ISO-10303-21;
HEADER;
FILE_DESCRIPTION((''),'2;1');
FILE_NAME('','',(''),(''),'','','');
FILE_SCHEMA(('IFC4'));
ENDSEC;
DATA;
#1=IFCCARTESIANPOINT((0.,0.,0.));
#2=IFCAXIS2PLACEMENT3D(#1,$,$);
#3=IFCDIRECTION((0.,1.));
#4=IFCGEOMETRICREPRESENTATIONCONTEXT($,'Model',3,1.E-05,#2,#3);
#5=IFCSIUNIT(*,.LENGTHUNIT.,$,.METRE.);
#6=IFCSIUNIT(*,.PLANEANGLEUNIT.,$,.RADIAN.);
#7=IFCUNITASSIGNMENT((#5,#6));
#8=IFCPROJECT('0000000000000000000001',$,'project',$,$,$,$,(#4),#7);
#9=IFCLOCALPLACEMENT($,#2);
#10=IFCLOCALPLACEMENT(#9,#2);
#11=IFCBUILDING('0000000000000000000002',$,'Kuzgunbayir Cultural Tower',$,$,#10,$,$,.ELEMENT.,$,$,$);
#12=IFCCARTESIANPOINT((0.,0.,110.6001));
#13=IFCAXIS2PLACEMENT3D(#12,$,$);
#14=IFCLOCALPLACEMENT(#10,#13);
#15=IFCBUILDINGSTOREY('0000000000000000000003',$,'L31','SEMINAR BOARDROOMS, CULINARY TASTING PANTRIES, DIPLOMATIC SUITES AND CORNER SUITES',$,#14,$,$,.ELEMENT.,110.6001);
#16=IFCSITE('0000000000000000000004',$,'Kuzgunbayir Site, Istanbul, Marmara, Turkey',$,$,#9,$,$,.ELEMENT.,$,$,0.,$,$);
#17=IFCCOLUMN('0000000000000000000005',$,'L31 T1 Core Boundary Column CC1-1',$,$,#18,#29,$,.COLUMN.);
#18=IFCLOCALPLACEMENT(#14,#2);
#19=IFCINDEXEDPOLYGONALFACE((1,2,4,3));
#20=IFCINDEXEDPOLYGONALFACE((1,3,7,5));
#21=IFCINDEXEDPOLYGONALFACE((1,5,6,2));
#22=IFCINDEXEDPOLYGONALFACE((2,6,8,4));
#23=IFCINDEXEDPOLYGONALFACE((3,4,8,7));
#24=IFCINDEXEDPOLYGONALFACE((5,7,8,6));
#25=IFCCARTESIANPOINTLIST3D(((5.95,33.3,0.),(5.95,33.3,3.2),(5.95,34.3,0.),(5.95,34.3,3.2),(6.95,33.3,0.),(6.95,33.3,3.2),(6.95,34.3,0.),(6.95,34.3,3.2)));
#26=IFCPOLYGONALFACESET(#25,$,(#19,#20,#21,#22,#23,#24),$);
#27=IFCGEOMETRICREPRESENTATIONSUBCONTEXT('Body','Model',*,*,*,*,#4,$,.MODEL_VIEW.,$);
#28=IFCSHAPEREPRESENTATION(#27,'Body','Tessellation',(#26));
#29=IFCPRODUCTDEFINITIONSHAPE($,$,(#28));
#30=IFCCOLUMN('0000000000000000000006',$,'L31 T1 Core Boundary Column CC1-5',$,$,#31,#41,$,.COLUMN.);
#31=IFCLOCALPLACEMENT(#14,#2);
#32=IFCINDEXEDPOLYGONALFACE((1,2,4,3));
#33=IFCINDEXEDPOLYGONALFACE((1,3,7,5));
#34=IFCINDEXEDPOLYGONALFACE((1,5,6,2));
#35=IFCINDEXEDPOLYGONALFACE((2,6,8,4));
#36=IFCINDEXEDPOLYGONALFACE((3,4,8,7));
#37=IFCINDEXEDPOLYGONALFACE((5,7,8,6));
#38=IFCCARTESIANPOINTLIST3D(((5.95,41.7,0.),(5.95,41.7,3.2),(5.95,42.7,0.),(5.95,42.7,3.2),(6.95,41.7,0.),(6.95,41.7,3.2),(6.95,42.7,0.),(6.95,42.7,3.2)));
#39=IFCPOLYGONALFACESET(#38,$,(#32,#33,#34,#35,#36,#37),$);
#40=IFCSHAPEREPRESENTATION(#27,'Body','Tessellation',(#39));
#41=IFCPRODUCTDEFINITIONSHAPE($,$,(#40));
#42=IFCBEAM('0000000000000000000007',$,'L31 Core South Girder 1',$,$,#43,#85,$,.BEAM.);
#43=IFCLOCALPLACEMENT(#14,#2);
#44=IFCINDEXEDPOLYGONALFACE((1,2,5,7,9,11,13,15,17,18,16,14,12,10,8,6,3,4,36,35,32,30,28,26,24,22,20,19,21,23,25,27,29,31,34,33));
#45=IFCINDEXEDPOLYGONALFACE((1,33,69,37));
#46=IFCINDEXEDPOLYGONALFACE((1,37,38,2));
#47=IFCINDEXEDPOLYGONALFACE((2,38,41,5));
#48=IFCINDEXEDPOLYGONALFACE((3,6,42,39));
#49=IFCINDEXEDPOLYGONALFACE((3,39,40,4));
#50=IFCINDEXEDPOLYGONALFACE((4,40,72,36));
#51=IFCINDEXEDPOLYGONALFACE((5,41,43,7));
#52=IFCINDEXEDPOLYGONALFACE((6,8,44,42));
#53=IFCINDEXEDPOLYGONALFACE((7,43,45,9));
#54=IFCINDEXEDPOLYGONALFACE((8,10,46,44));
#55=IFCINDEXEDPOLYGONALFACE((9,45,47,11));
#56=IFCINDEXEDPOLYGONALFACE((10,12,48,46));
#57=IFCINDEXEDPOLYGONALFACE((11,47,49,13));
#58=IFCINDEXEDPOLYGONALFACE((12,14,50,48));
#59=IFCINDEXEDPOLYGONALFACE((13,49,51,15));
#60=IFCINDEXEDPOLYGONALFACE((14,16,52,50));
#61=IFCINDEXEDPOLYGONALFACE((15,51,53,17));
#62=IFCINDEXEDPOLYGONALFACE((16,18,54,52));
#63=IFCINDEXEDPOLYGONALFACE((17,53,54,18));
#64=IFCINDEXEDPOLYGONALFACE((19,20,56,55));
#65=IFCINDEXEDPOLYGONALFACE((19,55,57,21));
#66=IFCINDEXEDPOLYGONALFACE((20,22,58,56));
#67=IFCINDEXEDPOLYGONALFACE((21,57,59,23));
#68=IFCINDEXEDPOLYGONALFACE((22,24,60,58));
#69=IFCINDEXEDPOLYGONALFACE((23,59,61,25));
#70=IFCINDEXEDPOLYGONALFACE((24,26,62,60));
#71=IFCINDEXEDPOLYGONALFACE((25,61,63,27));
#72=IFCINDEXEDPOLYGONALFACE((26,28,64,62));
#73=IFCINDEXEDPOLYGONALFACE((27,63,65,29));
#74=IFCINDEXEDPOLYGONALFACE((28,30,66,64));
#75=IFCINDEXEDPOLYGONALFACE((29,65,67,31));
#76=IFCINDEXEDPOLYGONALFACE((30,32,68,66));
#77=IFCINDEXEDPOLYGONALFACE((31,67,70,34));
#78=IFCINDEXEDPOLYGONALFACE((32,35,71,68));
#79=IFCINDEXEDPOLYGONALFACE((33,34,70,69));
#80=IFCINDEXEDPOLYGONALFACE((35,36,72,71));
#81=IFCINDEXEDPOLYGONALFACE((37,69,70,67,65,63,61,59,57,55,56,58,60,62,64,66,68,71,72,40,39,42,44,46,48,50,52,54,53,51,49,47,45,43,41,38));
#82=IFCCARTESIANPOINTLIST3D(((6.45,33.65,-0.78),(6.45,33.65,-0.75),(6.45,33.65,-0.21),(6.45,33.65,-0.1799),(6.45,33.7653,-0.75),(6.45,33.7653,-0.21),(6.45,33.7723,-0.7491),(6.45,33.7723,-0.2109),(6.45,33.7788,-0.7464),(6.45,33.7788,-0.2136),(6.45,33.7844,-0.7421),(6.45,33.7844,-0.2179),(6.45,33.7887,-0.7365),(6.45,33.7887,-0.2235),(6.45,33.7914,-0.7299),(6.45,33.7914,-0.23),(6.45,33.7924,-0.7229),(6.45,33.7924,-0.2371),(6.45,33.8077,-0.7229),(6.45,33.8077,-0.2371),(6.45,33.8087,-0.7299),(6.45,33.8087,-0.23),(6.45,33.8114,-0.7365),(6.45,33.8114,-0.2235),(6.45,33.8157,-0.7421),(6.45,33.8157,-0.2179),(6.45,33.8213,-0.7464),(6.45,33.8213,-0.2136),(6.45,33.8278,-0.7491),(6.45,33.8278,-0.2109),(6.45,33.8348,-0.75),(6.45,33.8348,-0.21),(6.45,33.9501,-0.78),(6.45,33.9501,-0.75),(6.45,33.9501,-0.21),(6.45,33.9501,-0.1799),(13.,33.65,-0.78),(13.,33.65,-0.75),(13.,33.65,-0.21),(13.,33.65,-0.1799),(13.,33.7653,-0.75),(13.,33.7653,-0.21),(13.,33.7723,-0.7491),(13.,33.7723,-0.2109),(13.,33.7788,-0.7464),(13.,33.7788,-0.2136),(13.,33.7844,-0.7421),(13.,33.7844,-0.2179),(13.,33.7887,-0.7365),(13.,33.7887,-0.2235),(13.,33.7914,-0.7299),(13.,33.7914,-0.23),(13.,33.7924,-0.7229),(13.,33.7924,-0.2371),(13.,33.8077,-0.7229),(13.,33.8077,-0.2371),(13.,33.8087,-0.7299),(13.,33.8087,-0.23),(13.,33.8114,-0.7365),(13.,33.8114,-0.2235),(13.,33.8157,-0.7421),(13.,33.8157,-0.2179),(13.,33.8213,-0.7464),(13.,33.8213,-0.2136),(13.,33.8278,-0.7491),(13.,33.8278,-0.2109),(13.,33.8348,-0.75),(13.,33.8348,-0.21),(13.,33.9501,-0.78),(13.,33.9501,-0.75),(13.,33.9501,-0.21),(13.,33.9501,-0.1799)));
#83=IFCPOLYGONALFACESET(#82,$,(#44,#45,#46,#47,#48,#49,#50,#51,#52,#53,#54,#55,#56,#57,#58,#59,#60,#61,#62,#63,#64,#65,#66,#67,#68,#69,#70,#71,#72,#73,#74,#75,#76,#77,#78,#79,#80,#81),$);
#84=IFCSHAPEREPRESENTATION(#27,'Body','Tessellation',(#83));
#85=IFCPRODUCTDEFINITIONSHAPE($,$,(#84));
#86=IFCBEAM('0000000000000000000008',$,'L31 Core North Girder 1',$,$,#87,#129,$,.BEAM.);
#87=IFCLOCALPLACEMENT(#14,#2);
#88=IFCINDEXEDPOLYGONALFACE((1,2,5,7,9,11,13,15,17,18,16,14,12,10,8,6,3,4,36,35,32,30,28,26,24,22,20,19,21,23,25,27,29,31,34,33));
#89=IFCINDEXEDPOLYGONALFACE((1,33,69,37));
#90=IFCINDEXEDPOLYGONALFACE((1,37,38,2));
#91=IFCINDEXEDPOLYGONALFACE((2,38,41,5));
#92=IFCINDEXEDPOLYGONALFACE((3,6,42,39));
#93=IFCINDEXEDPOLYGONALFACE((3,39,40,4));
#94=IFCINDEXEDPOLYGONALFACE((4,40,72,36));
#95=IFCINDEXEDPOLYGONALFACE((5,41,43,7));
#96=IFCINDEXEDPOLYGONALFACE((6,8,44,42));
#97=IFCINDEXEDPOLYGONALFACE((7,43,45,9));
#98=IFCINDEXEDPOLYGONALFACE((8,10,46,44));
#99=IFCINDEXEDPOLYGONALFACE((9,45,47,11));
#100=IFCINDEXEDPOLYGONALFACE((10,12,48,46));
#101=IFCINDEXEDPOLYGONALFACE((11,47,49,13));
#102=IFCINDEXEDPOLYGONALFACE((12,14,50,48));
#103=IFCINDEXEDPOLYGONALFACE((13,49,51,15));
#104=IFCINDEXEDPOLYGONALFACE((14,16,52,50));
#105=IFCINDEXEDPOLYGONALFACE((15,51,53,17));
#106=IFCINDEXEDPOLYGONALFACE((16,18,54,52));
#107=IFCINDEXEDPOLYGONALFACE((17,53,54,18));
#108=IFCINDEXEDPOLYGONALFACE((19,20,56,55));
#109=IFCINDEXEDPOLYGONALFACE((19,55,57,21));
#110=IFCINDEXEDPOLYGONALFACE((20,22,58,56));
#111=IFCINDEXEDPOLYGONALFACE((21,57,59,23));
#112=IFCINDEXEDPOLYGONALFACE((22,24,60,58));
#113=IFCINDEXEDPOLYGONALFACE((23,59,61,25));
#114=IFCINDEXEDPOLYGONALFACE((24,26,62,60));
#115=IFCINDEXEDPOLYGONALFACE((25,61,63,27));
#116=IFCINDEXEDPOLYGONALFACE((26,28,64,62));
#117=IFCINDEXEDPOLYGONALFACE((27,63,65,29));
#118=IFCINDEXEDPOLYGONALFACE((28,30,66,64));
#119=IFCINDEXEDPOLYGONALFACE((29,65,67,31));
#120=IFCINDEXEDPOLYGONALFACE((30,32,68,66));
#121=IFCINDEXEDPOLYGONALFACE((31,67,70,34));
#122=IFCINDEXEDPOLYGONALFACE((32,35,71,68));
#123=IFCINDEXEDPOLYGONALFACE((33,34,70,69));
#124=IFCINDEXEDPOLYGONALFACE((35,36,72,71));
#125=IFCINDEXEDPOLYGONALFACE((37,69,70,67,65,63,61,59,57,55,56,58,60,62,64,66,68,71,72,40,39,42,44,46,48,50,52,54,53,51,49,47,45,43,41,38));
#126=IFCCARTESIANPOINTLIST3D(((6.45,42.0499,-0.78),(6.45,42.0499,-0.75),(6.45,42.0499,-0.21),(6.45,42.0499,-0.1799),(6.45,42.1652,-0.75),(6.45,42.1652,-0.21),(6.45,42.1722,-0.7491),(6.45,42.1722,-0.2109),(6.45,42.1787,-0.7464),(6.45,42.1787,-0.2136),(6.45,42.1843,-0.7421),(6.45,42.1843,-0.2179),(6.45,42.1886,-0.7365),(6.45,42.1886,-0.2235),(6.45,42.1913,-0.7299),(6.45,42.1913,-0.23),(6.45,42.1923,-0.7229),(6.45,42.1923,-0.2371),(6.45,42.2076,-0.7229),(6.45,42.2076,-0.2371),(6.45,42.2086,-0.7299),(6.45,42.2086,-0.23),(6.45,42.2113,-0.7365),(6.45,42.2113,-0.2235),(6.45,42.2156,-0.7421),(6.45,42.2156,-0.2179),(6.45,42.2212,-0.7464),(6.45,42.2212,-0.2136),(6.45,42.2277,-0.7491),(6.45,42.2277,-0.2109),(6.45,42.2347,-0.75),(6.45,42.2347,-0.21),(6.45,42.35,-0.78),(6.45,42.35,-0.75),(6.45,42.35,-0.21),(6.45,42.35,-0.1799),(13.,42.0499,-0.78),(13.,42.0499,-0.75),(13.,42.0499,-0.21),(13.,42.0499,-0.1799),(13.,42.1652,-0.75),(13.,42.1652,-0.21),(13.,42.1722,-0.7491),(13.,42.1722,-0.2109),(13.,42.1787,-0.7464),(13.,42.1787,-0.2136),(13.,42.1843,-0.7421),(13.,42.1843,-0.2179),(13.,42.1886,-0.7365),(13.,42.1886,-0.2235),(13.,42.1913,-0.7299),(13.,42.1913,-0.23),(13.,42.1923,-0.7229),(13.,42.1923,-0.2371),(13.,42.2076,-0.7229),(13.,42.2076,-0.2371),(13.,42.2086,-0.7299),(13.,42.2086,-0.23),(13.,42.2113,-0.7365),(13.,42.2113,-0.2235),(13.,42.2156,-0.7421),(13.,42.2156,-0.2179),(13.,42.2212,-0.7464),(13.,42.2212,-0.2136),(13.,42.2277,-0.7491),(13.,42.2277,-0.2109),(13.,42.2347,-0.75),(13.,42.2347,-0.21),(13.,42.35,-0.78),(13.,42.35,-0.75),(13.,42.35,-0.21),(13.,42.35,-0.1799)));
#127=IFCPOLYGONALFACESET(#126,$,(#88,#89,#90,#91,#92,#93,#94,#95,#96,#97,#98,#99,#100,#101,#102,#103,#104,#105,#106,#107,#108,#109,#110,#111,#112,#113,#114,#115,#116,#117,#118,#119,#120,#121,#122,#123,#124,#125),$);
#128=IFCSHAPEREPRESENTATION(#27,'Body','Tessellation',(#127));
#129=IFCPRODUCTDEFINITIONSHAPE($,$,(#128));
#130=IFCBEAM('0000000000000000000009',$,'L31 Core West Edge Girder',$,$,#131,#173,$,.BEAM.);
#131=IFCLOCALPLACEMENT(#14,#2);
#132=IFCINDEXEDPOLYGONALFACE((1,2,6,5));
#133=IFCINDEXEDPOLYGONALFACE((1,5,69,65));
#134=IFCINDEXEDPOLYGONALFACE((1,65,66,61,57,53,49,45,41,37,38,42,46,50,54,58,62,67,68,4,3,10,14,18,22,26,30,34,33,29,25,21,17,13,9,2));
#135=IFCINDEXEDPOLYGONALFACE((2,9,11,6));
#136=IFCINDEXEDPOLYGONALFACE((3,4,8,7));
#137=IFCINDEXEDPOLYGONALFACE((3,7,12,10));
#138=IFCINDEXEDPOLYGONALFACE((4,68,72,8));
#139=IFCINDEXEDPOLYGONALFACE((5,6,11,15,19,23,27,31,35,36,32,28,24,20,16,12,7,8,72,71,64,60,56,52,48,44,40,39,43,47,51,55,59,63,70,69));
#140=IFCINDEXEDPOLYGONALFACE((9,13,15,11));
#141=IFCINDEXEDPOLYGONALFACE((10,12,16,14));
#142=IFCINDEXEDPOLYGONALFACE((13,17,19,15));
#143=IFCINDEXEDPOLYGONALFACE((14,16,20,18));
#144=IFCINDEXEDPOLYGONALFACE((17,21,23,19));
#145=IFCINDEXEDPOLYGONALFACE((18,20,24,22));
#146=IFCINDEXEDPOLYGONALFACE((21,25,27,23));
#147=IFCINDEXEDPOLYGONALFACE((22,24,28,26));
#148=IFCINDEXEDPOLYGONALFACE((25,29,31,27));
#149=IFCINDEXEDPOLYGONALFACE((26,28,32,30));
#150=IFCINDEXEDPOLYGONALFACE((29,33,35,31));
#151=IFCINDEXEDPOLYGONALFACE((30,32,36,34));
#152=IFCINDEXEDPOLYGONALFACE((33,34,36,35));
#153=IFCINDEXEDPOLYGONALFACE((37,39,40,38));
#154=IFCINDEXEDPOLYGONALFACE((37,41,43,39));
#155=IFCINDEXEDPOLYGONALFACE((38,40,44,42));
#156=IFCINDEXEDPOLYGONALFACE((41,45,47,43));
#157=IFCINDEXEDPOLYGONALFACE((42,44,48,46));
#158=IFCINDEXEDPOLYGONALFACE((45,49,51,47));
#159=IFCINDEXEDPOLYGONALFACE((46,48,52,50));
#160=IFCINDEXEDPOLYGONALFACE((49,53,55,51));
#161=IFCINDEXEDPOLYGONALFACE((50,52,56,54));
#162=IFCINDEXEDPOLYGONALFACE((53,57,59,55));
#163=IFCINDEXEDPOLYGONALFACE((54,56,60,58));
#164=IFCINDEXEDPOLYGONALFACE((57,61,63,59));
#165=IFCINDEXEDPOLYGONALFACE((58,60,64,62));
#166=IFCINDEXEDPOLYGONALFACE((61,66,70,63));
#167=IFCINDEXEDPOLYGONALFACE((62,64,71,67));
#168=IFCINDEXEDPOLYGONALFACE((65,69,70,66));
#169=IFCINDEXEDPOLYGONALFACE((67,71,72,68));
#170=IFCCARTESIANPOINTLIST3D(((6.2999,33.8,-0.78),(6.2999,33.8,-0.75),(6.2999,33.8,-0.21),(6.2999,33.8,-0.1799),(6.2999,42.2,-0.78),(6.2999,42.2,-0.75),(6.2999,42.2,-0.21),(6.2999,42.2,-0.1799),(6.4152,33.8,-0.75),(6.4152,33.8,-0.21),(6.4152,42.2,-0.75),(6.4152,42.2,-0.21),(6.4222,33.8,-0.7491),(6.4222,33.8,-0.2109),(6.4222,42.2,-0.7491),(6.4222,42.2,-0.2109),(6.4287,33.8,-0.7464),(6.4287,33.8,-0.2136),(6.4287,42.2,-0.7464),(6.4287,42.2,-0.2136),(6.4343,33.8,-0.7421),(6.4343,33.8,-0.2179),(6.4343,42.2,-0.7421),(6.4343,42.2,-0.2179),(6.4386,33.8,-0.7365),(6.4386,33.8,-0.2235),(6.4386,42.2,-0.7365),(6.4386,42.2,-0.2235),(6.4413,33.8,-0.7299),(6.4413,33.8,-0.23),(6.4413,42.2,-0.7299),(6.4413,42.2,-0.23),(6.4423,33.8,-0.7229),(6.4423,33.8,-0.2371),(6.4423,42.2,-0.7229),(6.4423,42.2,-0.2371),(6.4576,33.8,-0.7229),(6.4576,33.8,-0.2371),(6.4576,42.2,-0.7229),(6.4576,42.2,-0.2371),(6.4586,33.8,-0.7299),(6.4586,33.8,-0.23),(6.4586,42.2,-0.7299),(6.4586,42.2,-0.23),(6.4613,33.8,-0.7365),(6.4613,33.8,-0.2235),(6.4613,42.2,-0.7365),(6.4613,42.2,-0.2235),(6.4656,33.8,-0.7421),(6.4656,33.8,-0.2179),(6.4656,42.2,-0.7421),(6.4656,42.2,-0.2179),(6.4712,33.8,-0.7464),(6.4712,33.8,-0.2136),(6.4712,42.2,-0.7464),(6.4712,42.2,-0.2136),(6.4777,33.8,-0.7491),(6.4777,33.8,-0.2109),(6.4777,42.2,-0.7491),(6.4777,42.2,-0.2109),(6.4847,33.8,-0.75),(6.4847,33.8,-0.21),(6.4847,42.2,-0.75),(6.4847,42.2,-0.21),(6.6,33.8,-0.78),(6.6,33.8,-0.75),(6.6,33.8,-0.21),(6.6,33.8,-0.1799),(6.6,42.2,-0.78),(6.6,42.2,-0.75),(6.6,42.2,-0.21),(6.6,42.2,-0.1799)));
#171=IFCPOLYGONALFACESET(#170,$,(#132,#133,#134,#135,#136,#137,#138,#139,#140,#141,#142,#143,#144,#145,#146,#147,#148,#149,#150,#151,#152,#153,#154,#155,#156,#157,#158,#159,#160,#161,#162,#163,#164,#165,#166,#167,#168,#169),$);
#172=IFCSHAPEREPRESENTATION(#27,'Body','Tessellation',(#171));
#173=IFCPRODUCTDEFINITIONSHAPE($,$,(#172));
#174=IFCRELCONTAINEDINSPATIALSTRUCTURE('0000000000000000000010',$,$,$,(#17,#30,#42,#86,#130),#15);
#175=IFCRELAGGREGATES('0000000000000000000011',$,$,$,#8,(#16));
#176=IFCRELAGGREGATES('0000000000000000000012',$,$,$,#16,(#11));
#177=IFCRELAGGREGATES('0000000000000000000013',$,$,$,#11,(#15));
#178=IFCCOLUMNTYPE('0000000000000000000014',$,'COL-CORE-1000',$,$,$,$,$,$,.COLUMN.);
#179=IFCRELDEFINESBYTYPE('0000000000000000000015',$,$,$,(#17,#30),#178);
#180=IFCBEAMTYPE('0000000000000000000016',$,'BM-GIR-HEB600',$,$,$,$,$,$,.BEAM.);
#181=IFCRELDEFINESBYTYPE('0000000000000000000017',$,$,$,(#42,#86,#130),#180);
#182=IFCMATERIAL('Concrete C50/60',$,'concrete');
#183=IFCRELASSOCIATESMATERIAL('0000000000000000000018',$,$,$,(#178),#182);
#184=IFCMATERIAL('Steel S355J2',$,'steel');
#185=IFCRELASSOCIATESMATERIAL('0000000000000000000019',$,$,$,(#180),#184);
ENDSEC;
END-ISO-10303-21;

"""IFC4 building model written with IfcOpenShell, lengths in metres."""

from ifc_helpers import new_model, si_unit, direction, frame, origin, origin_2d, place, context, subcontext, project, spatial, rectangle, i_section, extrude, material, material_profile, profile_set, type_object, element, save


model = new_model("IFC4")

# Units and contexts
model_context = context("Model", 3, precision=1e-05, world=origin(), true_north=direction((0.0, 1.0)))
body_context = subcontext(model_context, "Body", "Model", "MODEL_VIEW")
ifc_project = project(units=[si_unit("LENGTHUNIT", "METRE"), si_unit("PLANEANGLEUNIT", "RADIAN")], contexts=[model_context])

# Site, building, storey
site_placement = place(None, origin())
site = spatial("IfcSite", under=ifc_project, at=site_placement, Name="Kuzgunbayir Site, Istanbul, Marmara, Turkey", CompositionType="ELEMENT", RefElevation=0.0)
building_placement = place(site_placement, origin())
building = spatial("IfcBuilding", under=site, at=building_placement, Name="Kuzgunbayir Cultural Tower", CompositionType="ELEMENT")
storey_placement = place(building_placement, frame((0.0, 0.0, 110.6001)))
storey = spatial("IfcBuildingStorey", under=building, at=storey_placement, Name="L31", Description="SEMINAR BOARDROOMS, CULINARY TASTING PANTRIES, DIPLOMATIC SUITES AND CORNER SUITES", CompositionType="ELEMENT", Elevation=110.6001)

# Columns
ifc_material_1 = material(Name="Concrete C50/60", Category="concrete")
ifc_material_profile_1 = material_profile(ifc_material_1, rectangle(XDim=1.0, YDim=1.0, at=origin_2d()), Name="RC 1000x1000")
ifc_profile_set_1 = profile_set([ifc_material_profile_1], Name="Concrete C50/60")
column_type = type_object("IfcColumnType", Name="COL-CORE-1000", PredefinedType="COLUMN", material=ifc_profile_set_1)
for number, where, z_axis, x_axis, name in (
    (1, (6.45, 33.8, 0.0), (0.0, 0.0, 1.0), (1.0, 0.0, 0.0), "L31 T1 Core Boundary Column CC1-1"),
    (2, (6.45, 42.2, 0.0), (0.0, 0.0, 1.0), (1.0, 0.0, 0.0), "L31 T1 Core Boundary Column CC1-5"),
):
    element("IfcColumn", number, at=place(storey_placement, frame(where, z_axis=z_axis, x_axis=x_axis)), inside=storey, type_object=column_type, Name=name, PredefinedType="COLUMN", context=body_context, shape_type="SweptSolid", body=[
        extrude(rectangle(XDim=1.0, YDim=1.0, at=origin_2d()), origin(), (0.0, 0.0, 1.0), 3.2),
    ])

# Beams
ifc_material_2 = material(Name="Steel S355J2", Category="steel")
ifc_material_profile_2 = material_profile(ifc_material_2, i_section(OverallWidth=0.3, OverallDepth=0.6001, WebThickness=0.0154, FlangeThickness=0.03, FilletRadius=0.0271, at=origin_2d()), Name="HEB 600")
ifc_profile_set_2 = profile_set([ifc_material_profile_2], Name="Steel S355J2")
beam_type = type_object("IfcBeamType", Name="BM-GIR-HEB600", PredefinedType="BEAM", material=ifc_profile_set_2)
for number, where, z_axis, x_axis, name in (
    (3, (6.45, 33.8, -0.48), (1.0, 0.0, 0.0), (0.0, 1.0, 0.0), "L31 Core South Girder 1"),
    (4, (6.45, 42.2, -0.48), (1.0, 0.0, 0.0), (0.0, 1.0, 0.0), "L31 Core North Girder 1"),
):
    element("IfcBeam", number, at=place(storey_placement, frame(where, z_axis=z_axis, x_axis=x_axis)), inside=storey, type_object=beam_type, Name=name, PredefinedType="BEAM", context=body_context, shape_type="SweptSolid", body=[
        extrude(i_section(OverallWidth=0.3, OverallDepth=0.6001, WebThickness=0.0154, FlangeThickness=0.03, FilletRadius=0.0271, at=origin_2d()), origin(), (0.0, 0.0, 1.0), 6.55),
    ])
beam_1_placement = place(storey_placement, frame((6.45, 33.8, -0.48), z_axis=(0.0, 1.0, 0.0), x_axis=(-1.0, 0.0, 0.0)))
element("IfcBeam", 5, at=beam_1_placement, inside=storey, type_object=beam_type, Name="L31 Core West Edge Girder", PredefinedType="BEAM", context=body_context, shape_type="SweptSolid", body=[
    extrude(i_section(OverallWidth=0.3, OverallDepth=0.6001, WebThickness=0.0154, FlangeThickness=0.03, FilletRadius=0.0271, at=origin_2d()), origin(), (0.0, 0.0, 1.0), 8.3999),
])

save(model, "model.ifc")
